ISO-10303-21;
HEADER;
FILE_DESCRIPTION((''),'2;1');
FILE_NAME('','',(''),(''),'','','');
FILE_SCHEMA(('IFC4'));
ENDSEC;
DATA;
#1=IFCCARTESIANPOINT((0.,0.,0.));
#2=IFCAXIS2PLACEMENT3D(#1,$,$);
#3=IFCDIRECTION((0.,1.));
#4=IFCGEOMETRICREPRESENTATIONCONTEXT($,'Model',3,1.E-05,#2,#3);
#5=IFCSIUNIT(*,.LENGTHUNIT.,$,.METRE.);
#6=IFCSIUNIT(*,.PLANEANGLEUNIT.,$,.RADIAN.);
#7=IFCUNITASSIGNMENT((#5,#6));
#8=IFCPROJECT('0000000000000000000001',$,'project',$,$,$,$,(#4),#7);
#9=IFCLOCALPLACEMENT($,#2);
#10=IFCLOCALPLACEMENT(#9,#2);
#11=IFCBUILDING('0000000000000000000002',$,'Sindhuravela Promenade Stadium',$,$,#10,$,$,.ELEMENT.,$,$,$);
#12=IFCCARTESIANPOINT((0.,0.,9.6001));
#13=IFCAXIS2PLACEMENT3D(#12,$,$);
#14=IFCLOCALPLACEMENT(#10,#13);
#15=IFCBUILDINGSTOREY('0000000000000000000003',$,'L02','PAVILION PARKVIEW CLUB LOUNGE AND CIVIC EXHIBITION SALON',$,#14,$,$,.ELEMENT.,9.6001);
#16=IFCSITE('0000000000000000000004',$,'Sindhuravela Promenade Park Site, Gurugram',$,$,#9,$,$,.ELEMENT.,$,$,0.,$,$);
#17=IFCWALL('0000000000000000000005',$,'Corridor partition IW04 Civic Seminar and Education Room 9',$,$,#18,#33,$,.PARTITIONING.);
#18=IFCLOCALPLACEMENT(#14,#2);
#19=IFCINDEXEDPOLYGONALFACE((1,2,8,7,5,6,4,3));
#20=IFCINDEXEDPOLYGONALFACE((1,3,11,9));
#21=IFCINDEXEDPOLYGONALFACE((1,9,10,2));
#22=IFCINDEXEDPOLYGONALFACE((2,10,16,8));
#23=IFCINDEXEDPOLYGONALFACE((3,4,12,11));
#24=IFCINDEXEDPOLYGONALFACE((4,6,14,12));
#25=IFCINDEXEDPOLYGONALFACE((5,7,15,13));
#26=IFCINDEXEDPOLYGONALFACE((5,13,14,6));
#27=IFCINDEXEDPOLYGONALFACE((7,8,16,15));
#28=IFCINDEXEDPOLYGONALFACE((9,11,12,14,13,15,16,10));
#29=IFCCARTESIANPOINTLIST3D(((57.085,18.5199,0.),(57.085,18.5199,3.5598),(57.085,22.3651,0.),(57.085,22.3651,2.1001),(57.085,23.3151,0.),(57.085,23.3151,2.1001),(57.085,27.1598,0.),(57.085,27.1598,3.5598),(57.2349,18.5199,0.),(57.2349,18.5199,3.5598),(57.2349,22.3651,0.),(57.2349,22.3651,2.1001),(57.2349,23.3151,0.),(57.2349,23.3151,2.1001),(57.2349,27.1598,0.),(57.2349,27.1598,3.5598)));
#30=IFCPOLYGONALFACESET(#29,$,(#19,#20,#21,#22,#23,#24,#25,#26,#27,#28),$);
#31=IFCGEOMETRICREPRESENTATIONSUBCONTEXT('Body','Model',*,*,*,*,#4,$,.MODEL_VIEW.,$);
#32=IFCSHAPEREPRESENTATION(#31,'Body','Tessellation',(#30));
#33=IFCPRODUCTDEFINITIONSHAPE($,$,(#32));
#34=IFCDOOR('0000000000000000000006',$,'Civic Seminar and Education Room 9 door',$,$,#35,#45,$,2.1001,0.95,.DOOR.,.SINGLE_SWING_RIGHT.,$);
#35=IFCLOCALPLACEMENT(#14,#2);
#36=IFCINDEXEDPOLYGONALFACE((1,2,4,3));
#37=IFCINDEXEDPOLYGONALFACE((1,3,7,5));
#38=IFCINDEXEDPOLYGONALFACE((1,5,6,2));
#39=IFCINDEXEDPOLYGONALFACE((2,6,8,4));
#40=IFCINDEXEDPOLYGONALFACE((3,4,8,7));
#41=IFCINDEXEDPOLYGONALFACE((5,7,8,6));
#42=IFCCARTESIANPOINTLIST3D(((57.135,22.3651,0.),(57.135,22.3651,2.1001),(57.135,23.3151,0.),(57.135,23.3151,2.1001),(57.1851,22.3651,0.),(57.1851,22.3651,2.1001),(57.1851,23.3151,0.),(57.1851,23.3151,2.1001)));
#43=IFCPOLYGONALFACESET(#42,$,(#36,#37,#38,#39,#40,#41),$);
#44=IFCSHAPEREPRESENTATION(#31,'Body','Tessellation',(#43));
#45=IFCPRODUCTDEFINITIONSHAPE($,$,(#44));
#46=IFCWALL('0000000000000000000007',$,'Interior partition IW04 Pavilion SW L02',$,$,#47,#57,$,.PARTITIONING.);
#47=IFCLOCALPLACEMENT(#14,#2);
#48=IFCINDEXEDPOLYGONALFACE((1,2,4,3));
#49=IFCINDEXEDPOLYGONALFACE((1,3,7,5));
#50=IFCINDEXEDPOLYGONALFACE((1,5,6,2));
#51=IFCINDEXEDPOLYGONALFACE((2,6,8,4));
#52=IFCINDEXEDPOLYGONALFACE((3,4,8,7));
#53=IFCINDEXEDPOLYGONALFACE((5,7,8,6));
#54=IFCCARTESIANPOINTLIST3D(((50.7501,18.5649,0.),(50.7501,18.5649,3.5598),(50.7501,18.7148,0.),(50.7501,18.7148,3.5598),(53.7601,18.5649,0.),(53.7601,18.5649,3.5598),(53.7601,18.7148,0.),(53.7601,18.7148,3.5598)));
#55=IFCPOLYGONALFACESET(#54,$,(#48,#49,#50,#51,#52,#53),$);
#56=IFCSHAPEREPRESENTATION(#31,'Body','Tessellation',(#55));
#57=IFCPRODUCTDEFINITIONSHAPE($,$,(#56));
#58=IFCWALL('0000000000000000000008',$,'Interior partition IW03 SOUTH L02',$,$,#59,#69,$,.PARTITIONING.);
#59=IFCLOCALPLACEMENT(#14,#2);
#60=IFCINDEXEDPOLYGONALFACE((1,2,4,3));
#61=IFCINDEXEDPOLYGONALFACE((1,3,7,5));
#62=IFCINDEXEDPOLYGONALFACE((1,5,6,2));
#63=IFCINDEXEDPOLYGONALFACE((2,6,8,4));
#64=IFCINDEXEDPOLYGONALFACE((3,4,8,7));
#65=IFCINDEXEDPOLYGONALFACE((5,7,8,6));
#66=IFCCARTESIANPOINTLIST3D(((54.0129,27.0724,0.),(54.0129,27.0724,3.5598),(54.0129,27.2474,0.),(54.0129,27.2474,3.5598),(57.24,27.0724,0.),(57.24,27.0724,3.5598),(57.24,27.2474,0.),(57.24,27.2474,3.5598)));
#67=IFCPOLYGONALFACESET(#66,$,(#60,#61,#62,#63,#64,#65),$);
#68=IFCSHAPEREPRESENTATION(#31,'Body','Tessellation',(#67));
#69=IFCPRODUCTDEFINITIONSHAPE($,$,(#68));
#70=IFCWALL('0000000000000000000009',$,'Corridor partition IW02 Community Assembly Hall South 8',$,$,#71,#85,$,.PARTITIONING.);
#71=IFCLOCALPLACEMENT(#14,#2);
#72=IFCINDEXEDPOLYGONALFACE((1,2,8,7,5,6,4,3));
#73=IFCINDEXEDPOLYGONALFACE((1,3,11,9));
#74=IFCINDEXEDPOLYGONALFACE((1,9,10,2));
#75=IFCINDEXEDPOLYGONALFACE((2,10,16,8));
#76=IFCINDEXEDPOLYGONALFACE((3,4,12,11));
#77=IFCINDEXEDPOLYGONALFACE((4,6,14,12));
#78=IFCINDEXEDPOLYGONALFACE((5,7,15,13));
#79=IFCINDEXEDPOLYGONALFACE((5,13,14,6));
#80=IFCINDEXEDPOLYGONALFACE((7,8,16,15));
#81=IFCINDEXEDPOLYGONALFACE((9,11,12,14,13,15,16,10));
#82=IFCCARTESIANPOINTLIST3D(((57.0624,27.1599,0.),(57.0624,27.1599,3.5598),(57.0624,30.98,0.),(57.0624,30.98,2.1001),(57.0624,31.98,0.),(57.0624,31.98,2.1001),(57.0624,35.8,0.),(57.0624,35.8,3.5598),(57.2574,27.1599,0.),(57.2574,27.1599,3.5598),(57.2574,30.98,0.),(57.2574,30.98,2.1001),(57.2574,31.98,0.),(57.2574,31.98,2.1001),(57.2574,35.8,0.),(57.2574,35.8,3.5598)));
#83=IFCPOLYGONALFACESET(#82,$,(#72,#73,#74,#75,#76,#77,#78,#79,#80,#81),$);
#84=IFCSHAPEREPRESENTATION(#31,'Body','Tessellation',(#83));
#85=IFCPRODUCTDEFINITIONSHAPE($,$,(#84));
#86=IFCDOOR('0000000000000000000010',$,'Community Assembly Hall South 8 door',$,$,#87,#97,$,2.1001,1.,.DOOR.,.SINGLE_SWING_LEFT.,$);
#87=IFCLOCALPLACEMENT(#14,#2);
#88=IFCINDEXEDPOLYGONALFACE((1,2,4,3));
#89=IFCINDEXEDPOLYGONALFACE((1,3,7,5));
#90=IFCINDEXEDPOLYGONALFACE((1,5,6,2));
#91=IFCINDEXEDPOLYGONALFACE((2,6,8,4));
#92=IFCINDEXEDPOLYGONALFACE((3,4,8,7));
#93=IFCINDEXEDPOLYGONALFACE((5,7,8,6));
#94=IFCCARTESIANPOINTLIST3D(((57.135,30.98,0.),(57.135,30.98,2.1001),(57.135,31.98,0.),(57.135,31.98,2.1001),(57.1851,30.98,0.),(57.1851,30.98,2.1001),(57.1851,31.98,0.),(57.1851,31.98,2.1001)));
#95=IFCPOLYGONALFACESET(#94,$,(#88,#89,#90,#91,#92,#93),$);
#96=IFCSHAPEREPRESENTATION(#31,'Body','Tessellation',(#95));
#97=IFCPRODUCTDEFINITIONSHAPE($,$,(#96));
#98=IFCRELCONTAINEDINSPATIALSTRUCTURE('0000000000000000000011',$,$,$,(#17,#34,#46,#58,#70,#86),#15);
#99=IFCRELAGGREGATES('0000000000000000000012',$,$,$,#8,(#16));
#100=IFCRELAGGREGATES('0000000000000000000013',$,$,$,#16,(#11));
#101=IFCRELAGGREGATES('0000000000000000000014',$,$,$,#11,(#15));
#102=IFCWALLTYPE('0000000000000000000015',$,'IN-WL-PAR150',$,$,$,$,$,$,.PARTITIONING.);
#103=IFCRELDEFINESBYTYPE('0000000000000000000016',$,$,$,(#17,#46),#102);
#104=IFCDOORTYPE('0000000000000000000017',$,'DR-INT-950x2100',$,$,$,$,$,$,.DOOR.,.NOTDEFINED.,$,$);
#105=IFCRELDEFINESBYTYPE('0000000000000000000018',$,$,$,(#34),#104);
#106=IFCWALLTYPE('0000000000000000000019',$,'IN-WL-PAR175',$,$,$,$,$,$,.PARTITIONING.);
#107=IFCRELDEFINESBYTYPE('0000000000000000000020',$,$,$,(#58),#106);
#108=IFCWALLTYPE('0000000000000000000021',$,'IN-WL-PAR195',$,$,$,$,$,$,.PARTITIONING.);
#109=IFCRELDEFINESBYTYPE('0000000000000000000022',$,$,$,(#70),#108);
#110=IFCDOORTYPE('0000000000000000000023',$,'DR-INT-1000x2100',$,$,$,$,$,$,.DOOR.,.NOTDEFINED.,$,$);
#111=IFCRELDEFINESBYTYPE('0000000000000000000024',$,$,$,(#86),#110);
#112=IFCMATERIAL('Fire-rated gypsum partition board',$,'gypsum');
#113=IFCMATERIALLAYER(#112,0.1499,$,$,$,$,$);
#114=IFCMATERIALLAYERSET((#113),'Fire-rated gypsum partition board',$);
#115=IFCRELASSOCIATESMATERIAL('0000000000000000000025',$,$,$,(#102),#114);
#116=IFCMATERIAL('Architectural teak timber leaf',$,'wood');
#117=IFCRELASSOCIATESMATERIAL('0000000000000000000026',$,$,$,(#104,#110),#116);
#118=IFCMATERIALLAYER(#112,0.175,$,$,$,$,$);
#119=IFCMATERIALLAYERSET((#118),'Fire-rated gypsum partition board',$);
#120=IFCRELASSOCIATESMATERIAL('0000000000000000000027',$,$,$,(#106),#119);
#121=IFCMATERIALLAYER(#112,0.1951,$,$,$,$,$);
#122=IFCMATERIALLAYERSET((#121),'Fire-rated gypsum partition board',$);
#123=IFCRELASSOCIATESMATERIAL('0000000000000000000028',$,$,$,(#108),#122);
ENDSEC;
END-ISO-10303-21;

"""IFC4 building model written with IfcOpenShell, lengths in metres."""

from ifc_helpers import new_model, si_unit, direction, frame, frame_2d, origin, place, context, subcontext, project, spatial, rectangle, extrude, material, layer, layer_set, type_object, element, fill, save


model = new_model("IFC4")

# Units and contexts
model_context = context("Model", 3, precision=1e-05, world=origin(), true_north=direction((0.0, 1.0)))
body_context = subcontext(model_context, "Body", "Model", "MODEL_VIEW")
ifc_project = project(units=[si_unit("LENGTHUNIT", "METRE"), si_unit("PLANEANGLEUNIT", "RADIAN")], contexts=[model_context])

# Site, building, storey
site_placement = place(None, origin())
site = spatial("IfcSite", under=ifc_project, at=site_placement, Name="Sindhuravela Promenade Park Site, Gurugram", CompositionType="ELEMENT", RefElevation=0.0)
building_placement = place(site_placement, origin())
building = spatial("IfcBuilding", under=site, at=building_placement, Name="Sindhuravela Promenade Stadium", CompositionType="ELEMENT")
storey_placement = place(building_placement, frame((0.0, 0.0, 9.6001)))
storey = spatial("IfcBuildingStorey", under=building, at=storey_placement, Name="L02", Description="PAVILION PARKVIEW CLUB LOUNGE AND CIVIC EXHIBITION SALON", CompositionType="ELEMENT", Elevation=9.6001)

# Shared definitions
ifc_material_1 = material(Name="Fire-rated gypsum partition board", Category="gypsum")

# Wall, opening, door
ifc_layer_1 = layer(ifc_material_1, 0.1499)
ifc_layer_set_1 = layer_set([ifc_layer_1], Name="Fire-rated gypsum partition board")
wall_type_1 = type_object("IfcWallType", Name="IN-WL-PAR150", PredefinedType="PARTITIONING", material=ifc_layer_set_1)
wall_1_placement = place(storey_placement, frame((57.1599, 18.52, 0.0), z_axis=(0.0, 0.0, 1.0), x_axis=(0.0, 1.0, 0.0)))
wall_1 = element("IfcWall", 1, at=wall_1_placement, inside=storey, type_object=wall_type_1, Name="Corridor partition IW04 Civic Seminar and Education Room 9", PredefinedType="PARTITIONING", context=body_context, shape_type="SweptSolid", body=[
    extrude(rectangle(XDim=8.6399, YDim=0.1499, at=frame_2d((4.3198, 0.0))), origin(), (0.0, 0.0, 1.0), 3.5598),
])
opening_1_placement = place(wall_1_placement, frame((3.845, 0.0, 0.0)))
opening_1 = element("IfcOpeningElement", 2, at=opening_1_placement, cuts=wall_1, PredefinedType="OPENING", context=body_context, shape_type="SweptSolid", body=[
    extrude(rectangle(XDim=0.95, YDim=2.1001, at=frame_2d((0.4751, 1.05))), frame((0.0, 0.085, 0.0), z_axis=(0.0, -1.0, 0.0), x_axis=(1.0, 0.0, 0.0)), (0.0, 0.0, 1.0), 0.1699),
])
ifc_material_2 = material(Name="Architectural teak timber leaf", Category="wood")
door_type_1 = type_object("IfcDoorType", Name="DR-INT-950x2100", OperationType="NOTDEFINED", PredefinedType="DOOR", material=ifc_material_2)
door_1_placement = place(opening_1_placement, origin())
door_1 = element("IfcDoor", 3, at=door_1_placement, inside=storey, type_object=door_type_1, Name="Civic Seminar and Education Room 9 door", OperationType="SINGLE_SWING_RIGHT", OverallHeight=2.1001, OverallWidth=0.95, PredefinedType="DOOR", context=body_context, shape_type="SweptSolid", body=[
    extrude(rectangle(XDim=0.95, YDim=2.1001, at=frame_2d((0.4751, 1.05))), frame((0.0, 0.0249, 0.0), z_axis=(0.0, -1.0, 0.0), x_axis=(1.0, 0.0, 0.0)), (0.0, 0.0, 1.0), 0.05),
])
fill(opening_1, door_1)

# Walls
wall_2_placement = place(storey_placement, frame((53.76, 18.6399, 0.0), z_axis=(0.0, 0.0, 1.0), x_axis=(-1.0, 0.0, 0.0)))
element("IfcWall", 4, at=wall_2_placement, inside=storey, type_object=wall_type_1, Name="Interior partition IW04 Pavilion SW L02", PredefinedType="PARTITIONING", context=body_context, shape_type="SweptSolid", body=[
    extrude(rectangle(XDim=3.01, YDim=0.1499, at=frame_2d((1.5049, 0.0))), origin(), (0.0, 0.0, 1.0), 3.5598),
])
ifc_layer_2 = layer(ifc_material_1, 0.175)
ifc_layer_set_2 = layer_set([ifc_layer_2], Name="Fire-rated gypsum partition board")
wall_type_2 = type_object("IfcWallType", Name="IN-WL-PAR175", PredefinedType="PARTITIONING", material=ifc_layer_set_2)
wall_3_placement = place(storey_placement, frame((57.24, 27.1599, 0.0), z_axis=(0.0, 0.0, 1.0), x_axis=(-1.0, 0.0, 0.0)))
element("IfcWall", 5, at=wall_3_placement, inside=storey, type_object=wall_type_2, Name="Interior partition IW03 SOUTH L02", PredefinedType="PARTITIONING", context=body_context, shape_type="SweptSolid", body=[
    extrude(rectangle(XDim=3.2271, YDim=0.175, at=frame_2d((1.6135, 0.0))), origin(), (0.0, 0.0, 1.0), 3.5598),
])

# Wall, opening, door
ifc_layer_3 = layer(ifc_material_1, 0.1951)
ifc_layer_set_3 = layer_set([ifc_layer_3], Name="Fire-rated gypsum partition board")
wall_type_3 = type_object("IfcWallType", Name="IN-WL-PAR195", PredefinedType="PARTITIONING", material=ifc_layer_set_3)
wall_4_placement = place(storey_placement, frame((57.1599, 27.1599, 0.0), z_axis=(0.0, 0.0, 1.0), x_axis=(0.0, 1.0, 0.0)))
wall_4 = element("IfcWall", 6, at=wall_4_placement, inside=storey, type_object=wall_type_3, Name="Corridor partition IW02 Community Assembly Hall South 8", PredefinedType="PARTITIONING", context=body_context, shape_type="SweptSolid", body=[
    extrude(rectangle(XDim=8.6401, YDim=0.1951, at=frame_2d((4.3201, 0.0))), origin(), (0.0, 0.0, 1.0), 3.5598),
])
opening_2_placement = place(wall_4_placement, frame((3.8201, 0.0, 0.0)))
opening_2 = element("IfcOpeningElement", 7, at=opening_2_placement, cuts=wall_4, PredefinedType="OPENING", context=body_context, shape_type="SweptSolid", body=[
    extrude(rectangle(XDim=1.0, YDim=2.1001, at=frame_2d((0.5, 1.05))), frame((0.0, 0.1074, 0.0), z_axis=(0.0, -1.0, 0.0), x_axis=(1.0, 0.0, 0.0)), (0.0, 0.0, 1.0), 0.2151),
])
door_type_2 = type_object("IfcDoorType", Name="DR-INT-1000x2100", OperationType="NOTDEFINED", PredefinedType="DOOR", material=ifc_material_2)
door_2_placement = place(opening_2_placement, origin())
door_2 = element("IfcDoor", 8, at=door_2_placement, inside=storey, type_object=door_type_2, Name="Community Assembly Hall South 8 door", OperationType="SINGLE_SWING_LEFT", OverallHeight=2.1001, OverallWidth=1.0, PredefinedType="DOOR", context=body_context, shape_type="SweptSolid", body=[
    extrude(rectangle(XDim=1.0, YDim=2.1001, at=frame_2d((0.5, 1.05))), frame((0.0, 0.0249, 0.0), z_axis=(0.0, -1.0, 0.0), x_axis=(1.0, 0.0, 0.0)), (0.0, 0.0, 1.0), 0.05),
])
fill(opening_2, door_2)

save(model, "model.ifc")
